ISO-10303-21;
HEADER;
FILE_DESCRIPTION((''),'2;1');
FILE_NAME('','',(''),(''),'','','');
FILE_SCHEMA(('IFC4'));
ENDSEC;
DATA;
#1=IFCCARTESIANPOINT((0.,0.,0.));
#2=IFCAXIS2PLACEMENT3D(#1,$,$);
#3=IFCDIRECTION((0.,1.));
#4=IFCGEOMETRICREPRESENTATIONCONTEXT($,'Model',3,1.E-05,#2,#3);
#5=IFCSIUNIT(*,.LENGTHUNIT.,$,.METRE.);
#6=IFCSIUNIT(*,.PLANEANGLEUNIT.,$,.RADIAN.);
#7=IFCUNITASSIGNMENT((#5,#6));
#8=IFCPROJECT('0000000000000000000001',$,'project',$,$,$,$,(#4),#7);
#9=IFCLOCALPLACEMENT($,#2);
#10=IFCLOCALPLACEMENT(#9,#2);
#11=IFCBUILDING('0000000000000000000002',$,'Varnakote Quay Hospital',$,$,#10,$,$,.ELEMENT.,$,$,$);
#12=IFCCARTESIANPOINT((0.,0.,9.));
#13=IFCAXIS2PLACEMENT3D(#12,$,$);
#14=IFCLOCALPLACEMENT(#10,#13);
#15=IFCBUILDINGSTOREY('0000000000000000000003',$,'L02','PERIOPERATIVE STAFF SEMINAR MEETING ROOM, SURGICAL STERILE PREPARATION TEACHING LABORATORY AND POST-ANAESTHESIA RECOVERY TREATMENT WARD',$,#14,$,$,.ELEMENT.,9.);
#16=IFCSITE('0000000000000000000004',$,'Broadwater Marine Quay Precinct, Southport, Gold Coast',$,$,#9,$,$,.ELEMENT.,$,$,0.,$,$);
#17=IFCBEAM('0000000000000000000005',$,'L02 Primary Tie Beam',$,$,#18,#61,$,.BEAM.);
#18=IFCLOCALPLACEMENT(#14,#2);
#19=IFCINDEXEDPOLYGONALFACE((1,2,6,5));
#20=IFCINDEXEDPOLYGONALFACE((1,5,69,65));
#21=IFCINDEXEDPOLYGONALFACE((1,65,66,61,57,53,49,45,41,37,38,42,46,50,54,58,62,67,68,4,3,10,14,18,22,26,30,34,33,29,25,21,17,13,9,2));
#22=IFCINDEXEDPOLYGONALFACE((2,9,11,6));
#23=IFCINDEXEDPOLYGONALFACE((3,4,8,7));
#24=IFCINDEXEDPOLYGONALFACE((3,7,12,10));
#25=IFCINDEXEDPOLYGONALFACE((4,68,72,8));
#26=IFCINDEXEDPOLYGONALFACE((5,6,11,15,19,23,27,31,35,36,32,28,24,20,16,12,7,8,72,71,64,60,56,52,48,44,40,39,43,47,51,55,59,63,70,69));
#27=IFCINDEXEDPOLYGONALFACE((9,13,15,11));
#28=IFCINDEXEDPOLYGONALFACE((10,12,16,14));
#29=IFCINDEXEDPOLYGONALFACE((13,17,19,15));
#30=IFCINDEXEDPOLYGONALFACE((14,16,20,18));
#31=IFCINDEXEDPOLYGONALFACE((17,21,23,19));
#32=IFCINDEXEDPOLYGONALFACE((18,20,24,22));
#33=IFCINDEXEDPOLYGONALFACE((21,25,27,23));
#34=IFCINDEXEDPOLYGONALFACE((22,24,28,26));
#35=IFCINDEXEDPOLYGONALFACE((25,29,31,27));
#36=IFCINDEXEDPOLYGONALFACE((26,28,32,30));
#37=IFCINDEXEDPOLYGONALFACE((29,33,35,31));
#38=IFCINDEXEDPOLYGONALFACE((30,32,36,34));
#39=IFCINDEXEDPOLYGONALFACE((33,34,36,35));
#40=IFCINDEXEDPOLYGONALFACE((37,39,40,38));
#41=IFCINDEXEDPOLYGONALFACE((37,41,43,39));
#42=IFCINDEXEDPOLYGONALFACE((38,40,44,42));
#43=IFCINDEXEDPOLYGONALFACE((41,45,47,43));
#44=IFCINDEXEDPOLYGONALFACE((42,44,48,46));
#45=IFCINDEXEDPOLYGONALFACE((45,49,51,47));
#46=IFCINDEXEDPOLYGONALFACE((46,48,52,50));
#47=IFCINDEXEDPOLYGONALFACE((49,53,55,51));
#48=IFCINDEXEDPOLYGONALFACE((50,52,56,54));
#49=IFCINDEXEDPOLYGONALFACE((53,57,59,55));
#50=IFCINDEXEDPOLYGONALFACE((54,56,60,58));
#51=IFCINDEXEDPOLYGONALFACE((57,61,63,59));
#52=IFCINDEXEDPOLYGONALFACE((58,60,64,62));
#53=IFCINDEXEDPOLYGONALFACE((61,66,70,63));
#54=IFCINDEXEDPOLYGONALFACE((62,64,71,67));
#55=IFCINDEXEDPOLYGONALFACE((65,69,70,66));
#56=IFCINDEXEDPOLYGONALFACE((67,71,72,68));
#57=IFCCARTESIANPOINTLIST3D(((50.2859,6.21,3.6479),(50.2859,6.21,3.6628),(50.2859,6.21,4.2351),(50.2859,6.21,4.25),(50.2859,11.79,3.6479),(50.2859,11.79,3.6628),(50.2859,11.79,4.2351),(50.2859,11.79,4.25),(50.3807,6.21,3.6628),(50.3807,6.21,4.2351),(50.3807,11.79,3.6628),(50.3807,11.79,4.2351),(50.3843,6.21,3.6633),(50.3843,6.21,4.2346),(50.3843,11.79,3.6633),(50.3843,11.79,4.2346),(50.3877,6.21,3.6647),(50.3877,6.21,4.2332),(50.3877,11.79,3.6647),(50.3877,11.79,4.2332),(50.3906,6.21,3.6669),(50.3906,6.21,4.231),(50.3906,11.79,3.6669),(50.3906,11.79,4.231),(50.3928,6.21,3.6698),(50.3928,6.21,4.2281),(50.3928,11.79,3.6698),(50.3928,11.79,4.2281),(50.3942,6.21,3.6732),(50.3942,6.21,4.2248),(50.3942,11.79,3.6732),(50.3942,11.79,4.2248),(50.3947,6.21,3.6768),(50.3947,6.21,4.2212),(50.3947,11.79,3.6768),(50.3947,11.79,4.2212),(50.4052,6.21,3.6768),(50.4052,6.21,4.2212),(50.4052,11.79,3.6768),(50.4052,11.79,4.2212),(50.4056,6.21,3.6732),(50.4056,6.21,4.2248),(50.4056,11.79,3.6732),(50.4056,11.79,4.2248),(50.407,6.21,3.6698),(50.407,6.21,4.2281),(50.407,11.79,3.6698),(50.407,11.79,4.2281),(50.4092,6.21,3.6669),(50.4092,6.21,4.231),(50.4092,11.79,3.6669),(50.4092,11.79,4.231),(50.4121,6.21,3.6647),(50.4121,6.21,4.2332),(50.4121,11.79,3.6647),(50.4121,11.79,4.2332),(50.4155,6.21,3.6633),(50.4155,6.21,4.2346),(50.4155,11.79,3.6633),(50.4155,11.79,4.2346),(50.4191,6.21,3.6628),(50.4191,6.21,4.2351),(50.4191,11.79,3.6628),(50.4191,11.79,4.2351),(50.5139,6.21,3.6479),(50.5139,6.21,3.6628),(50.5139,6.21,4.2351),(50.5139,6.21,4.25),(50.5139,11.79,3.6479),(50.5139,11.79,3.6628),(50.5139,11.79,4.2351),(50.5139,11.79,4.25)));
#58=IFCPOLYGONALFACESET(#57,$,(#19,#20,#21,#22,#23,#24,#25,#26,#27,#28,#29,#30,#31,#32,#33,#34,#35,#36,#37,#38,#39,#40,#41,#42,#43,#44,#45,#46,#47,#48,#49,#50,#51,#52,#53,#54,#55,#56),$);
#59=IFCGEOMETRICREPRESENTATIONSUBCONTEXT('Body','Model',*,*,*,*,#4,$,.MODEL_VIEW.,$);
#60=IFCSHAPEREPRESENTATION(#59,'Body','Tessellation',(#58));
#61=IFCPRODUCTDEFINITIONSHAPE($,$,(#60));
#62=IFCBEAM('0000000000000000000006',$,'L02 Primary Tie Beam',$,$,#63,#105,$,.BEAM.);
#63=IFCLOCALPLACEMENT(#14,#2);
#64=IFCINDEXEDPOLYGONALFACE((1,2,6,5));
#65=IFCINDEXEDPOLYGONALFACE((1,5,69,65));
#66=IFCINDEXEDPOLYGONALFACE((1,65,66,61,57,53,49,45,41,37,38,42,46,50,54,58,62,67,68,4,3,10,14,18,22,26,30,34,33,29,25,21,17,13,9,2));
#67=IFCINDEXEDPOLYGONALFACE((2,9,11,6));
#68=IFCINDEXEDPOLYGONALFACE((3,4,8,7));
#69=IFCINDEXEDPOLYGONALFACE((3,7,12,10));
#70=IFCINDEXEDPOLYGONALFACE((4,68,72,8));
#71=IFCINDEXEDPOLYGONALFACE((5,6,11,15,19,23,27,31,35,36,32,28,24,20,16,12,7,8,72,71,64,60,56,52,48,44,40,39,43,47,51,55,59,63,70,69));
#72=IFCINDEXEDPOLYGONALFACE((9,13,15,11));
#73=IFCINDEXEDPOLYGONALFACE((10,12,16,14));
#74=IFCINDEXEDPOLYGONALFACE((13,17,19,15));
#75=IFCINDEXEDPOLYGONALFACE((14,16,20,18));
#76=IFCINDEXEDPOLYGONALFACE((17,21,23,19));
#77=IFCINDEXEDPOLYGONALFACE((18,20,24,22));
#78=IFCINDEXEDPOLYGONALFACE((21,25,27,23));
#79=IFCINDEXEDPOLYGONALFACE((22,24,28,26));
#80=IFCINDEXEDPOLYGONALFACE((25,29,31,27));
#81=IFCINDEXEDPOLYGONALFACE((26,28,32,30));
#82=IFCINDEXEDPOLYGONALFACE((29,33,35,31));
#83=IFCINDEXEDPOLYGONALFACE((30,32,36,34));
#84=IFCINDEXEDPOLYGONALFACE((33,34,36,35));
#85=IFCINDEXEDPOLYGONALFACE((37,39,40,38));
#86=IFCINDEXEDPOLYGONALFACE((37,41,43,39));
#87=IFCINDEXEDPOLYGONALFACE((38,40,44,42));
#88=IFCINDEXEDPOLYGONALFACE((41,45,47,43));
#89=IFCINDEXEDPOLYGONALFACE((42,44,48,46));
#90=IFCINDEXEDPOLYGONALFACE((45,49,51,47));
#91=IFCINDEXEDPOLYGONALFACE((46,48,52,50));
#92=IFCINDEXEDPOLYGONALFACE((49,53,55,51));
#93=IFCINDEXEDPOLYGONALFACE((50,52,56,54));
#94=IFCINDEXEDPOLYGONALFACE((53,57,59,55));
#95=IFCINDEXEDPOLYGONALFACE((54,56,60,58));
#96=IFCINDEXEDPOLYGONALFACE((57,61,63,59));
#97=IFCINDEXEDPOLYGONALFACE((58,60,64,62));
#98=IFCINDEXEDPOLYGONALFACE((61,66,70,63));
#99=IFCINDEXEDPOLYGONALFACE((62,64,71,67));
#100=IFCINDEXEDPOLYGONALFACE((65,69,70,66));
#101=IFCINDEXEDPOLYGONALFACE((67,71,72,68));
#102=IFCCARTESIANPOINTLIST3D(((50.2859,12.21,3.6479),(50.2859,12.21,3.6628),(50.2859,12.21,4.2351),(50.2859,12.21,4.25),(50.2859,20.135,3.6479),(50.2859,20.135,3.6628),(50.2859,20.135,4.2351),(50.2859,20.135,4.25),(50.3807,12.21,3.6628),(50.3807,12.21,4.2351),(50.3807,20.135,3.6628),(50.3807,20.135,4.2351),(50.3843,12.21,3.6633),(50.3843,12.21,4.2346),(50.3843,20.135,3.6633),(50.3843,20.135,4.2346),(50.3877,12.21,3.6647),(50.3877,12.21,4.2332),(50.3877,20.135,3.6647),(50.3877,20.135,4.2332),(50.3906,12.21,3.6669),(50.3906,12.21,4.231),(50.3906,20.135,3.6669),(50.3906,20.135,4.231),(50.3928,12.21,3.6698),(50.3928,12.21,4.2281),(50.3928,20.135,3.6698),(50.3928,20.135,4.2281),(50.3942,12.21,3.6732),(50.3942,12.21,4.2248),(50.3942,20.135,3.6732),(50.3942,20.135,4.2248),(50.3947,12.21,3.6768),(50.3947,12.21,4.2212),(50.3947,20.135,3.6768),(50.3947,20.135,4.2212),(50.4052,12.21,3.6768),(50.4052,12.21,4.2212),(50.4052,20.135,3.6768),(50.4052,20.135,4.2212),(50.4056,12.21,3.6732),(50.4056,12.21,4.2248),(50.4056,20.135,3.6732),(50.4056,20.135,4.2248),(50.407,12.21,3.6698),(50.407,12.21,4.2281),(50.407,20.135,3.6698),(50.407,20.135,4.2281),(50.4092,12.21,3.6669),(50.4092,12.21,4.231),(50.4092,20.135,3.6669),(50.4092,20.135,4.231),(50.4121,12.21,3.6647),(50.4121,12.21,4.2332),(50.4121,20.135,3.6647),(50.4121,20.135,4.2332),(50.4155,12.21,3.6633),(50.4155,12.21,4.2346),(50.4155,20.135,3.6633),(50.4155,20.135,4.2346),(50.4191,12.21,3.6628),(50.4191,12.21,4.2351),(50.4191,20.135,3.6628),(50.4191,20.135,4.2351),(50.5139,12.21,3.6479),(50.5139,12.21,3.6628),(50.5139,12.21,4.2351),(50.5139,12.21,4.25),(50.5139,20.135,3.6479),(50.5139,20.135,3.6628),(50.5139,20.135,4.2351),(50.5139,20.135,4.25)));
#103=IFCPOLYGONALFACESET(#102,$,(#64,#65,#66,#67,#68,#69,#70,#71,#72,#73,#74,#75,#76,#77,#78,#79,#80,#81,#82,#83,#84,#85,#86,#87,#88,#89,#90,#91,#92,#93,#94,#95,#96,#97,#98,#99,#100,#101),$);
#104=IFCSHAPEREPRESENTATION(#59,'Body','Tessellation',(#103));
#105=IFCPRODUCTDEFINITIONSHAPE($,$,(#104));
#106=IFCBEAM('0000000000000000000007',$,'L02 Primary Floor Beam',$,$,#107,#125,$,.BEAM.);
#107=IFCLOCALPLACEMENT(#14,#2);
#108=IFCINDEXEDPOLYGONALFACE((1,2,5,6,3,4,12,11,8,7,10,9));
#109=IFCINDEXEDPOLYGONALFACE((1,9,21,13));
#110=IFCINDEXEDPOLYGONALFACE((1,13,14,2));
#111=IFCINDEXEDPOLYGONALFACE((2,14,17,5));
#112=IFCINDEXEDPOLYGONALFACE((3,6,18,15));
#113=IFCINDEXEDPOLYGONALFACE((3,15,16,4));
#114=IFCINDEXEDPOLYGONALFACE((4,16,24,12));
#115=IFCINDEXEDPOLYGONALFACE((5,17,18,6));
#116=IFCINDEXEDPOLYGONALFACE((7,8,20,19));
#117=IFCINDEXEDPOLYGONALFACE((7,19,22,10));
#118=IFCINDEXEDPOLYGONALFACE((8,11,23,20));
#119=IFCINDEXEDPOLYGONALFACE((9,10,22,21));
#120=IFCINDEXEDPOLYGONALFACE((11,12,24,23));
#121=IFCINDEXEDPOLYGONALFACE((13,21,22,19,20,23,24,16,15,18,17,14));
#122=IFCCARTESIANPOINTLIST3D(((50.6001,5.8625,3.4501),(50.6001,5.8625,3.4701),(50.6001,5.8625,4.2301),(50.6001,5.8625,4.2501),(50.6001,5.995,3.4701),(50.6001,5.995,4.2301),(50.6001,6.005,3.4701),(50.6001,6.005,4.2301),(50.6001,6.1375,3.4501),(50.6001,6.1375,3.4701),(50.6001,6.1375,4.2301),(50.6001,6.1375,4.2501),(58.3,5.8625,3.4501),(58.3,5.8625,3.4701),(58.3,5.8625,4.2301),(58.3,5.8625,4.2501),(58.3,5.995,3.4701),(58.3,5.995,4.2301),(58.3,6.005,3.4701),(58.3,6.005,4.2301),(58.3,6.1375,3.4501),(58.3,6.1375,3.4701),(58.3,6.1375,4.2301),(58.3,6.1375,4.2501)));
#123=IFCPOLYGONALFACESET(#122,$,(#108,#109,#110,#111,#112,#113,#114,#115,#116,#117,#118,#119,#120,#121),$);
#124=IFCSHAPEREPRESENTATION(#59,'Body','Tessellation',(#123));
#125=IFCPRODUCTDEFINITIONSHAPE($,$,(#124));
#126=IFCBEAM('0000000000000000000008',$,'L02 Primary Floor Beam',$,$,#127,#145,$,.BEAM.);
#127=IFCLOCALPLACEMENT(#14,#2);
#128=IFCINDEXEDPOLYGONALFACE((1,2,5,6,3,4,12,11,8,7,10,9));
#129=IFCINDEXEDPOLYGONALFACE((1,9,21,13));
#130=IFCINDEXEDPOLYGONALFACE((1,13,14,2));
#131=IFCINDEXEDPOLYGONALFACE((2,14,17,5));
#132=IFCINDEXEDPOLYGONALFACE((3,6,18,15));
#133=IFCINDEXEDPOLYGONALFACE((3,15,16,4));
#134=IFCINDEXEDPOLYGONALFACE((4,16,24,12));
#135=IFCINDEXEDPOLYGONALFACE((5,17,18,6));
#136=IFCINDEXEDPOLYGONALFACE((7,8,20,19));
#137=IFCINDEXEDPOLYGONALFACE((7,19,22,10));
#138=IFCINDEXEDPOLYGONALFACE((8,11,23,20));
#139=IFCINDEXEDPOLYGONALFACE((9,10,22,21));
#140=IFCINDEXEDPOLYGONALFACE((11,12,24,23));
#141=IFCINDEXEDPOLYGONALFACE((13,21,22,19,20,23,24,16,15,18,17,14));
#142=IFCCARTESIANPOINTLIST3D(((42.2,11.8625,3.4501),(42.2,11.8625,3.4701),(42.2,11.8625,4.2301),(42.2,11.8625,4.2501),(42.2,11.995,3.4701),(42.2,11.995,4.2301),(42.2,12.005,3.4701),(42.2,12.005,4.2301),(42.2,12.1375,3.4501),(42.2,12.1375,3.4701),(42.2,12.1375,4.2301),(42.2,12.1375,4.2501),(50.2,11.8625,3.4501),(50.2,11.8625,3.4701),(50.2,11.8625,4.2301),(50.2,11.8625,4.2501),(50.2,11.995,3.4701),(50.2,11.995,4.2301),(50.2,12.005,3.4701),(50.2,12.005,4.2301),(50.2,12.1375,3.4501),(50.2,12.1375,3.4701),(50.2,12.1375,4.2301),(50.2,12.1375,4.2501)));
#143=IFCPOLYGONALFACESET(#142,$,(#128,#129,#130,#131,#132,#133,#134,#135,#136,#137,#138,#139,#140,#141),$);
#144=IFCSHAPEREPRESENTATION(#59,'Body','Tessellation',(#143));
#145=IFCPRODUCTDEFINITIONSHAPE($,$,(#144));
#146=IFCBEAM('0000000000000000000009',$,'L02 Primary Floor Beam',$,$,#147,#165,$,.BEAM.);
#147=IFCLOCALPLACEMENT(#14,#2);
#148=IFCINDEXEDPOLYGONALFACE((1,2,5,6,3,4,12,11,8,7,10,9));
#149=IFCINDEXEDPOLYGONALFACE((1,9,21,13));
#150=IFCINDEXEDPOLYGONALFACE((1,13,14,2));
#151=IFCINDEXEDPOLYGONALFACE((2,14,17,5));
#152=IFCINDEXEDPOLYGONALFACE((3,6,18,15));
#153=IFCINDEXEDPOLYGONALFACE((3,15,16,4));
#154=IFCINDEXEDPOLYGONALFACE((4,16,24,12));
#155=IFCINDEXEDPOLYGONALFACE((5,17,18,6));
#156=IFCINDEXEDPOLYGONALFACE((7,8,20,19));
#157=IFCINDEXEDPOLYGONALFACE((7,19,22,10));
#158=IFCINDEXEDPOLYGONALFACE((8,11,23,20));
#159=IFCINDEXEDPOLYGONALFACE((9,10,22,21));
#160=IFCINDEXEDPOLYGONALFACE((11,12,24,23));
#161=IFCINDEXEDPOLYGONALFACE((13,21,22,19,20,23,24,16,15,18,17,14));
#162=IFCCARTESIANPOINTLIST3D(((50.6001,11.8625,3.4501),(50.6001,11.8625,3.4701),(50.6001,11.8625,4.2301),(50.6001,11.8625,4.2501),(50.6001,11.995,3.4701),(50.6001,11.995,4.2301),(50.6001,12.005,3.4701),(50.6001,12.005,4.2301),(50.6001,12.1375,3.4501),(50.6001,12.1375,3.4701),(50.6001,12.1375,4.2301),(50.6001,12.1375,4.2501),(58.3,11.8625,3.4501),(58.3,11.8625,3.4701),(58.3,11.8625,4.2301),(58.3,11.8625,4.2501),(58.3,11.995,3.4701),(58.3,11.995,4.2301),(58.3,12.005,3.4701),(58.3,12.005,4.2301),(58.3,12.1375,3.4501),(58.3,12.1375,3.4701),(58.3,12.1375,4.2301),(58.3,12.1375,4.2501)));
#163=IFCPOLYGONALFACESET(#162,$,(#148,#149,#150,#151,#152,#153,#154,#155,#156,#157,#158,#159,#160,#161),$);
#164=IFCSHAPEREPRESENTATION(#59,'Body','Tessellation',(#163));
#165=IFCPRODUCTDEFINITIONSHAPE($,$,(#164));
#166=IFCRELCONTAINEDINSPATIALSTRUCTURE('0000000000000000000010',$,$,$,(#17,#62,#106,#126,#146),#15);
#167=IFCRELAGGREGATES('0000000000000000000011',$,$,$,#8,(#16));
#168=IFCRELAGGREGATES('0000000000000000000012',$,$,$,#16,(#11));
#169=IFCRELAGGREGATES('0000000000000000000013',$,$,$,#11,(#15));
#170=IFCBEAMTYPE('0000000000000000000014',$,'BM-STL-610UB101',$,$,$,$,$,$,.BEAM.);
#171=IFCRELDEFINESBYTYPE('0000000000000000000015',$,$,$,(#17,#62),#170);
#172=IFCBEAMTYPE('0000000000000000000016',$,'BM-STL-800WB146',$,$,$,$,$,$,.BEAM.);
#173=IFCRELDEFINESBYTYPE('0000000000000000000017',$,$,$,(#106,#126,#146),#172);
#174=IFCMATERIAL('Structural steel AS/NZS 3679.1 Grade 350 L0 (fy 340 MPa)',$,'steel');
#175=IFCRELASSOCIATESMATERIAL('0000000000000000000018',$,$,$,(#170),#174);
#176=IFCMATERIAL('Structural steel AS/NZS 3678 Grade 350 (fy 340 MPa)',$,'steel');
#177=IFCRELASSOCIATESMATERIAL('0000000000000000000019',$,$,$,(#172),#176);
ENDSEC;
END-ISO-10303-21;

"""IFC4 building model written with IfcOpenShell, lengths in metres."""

from ifc_helpers import new_model, si_unit, direction, frame, origin, origin_2d, place, context, subcontext, project, spatial, i_section, extrude, material, material_profile, profile_set, type_object, element, save


model = new_model("IFC4")

# Units and contexts
model_context = context("Model", 3, precision=1e-05, world=origin(), true_north=direction((0.0, 1.0)))
body_context = subcontext(model_context, "Body", "Model", "MODEL_VIEW")
ifc_project = project(units=[si_unit("LENGTHUNIT", "METRE"), si_unit("PLANEANGLEUNIT", "RADIAN")], contexts=[model_context])

# Site, building, storey
site_placement = place(None, origin())
site = spatial("IfcSite", under=ifc_project, at=site_placement, Name="Broadwater Marine Quay Precinct, Southport, Gold Coast", CompositionType="ELEMENT", RefElevation=0.0)
building_placement = place(site_placement, origin())
building = spatial("IfcBuilding", under=site, at=building_placement, Name="Varnakote Quay Hospital", CompositionType="ELEMENT")
storey_placement = place(building_placement, frame((0.0, 0.0, 9.0)))
storey = spatial("IfcBuildingStorey", under=building, at=storey_placement, Name="L02", Description="PERIOPERATIVE STAFF SEMINAR MEETING ROOM, SURGICAL STERILE PREPARATION TEACHING LABORATORY AND POST-ANAESTHESIA RECOVERY TREATMENT WARD", CompositionType="ELEMENT", Elevation=9.0)

# Beams
ifc_material_1 = material(Name="Structural steel AS/NZS 3679.1 Grade 350 L0 (fy 340 MPa)", Category="steel")
ifc_material_profile_1 = material_profile(ifc_material_1, i_section(OverallWidth=0.228, OverallDepth=0.6021, WebThickness=0.0105, FlangeThickness=0.0149, FilletRadius=0.0139, at=origin_2d()), Name="610UB101")
ifc_profile_set_1 = profile_set([ifc_material_profile_1], Name="Structural steel AS/NZS 3679.1 Grade 350 L0 (fy 340 MPa)")
beam_type_1 = type_object("IfcBeamType", Name="BM-STL-610UB101", PredefinedType="BEAM", material=ifc_profile_set_1)
beam_1_placement = place(storey_placement, frame((50.3999, 6.21, 3.949), z_axis=(0.0, 1.0, 0.0), x_axis=(-1.0, 0.0, 0.0)))
element("IfcBeam", 1, at=beam_1_placement, inside=storey, type_object=beam_type_1, Name="L02 Primary Tie Beam", PredefinedType="BEAM", context=body_context, shape_type="SweptSolid", body=[
    extrude(i_section(OverallWidth=0.228, OverallDepth=0.6021, WebThickness=0.0105, FlangeThickness=0.0149, FilletRadius=0.0139, at=origin_2d()), origin(), (0.0, 0.0, 1.0), 5.5801),
])
beam_2_placement = place(storey_placement, frame((50.3999, 12.21, 3.949), z_axis=(0.0, 1.0, 0.0), x_axis=(-1.0, 0.0, 0.0)))
element("IfcBeam", 2, at=beam_2_placement, inside=storey, type_object=beam_type_1, Name="L02 Primary Tie Beam", PredefinedType="BEAM", context=body_context, shape_type="SweptSolid", body=[
    extrude(i_section(OverallWidth=0.228, OverallDepth=0.6021, WebThickness=0.0105, FlangeThickness=0.0149, FilletRadius=0.0139, at=origin_2d()), origin(), (0.0, 0.0, 1.0), 7.925),
])
ifc_material_2 = material(Name="Structural steel AS/NZS 3678 Grade 350 (fy 340 MPa)", Category="steel")
ifc_material_profile_2 = material_profile(ifc_material_2, i_section(OverallWidth=0.2749, OverallDepth=0.8, WebThickness=0.01, FlangeThickness=0.02, at=origin_2d()), Name="800WB146")
ifc_profile_set_2 = profile_set([ifc_material_profile_2], Name="Structural steel AS/NZS 3678 Grade 350 (fy 340 MPa)")
beam_type_2 = type_object("IfcBeamType", Name="BM-STL-800WB146", PredefinedType="BEAM", material=ifc_profile_set_2)
beam_3_placement = place(storey_placement, frame((50.6001, 6.0, 3.8501), z_axis=(1.0, 0.0, 0.0), x_axis=(0.0, 1.0, 0.0)))
element("IfcBeam", 3, at=beam_3_placement, inside=storey, type_object=beam_type_2, Name="L02 Primary Floor Beam", PredefinedType="BEAM", context=body_context, shape_type="SweptSolid", body=[
    extrude(i_section(OverallWidth=0.2749, OverallDepth=0.8, WebThickness=0.01, FlangeThickness=0.02, at=origin_2d()), origin(), (0.0, 0.0, 1.0), 7.7),
])
beam_4_placement = place(storey_placement, frame((42.2, 12.0, 3.8501), z_axis=(1.0, 0.0, 0.0), x_axis=(0.0, 1.0, 0.0)))
element("IfcBeam", 4, at=beam_4_placement, inside=storey, type_object=beam_type_2, Name="L02 Primary Floor Beam", PredefinedType="BEAM", context=body_context, shape_type="SweptSolid", body=[
    extrude(i_section(OverallWidth=0.2749, OverallDepth=0.8, WebThickness=0.01, FlangeThickness=0.02, at=origin_2d()), origin(), (0.0, 0.0, 1.0), 8.0),
])
beam_5_placement = place(storey_placement, frame((50.6001, 12.0, 3.8501), z_axis=(1.0, 0.0, 0.0), x_axis=(0.0, 1.0, 0.0)))
element("IfcBeam", 5, at=beam_5_placement, inside=storey, type_object=beam_type_2, Name="L02 Primary Floor Beam", PredefinedType="BEAM", context=body_context, shape_type="SweptSolid", body=[
    extrude(i_section(OverallWidth=0.2749, OverallDepth=0.8, WebThickness=0.01, FlangeThickness=0.02, at=origin_2d()), origin(), (0.0, 0.0, 1.0), 7.7),
])

save(model, "model.ifc")
